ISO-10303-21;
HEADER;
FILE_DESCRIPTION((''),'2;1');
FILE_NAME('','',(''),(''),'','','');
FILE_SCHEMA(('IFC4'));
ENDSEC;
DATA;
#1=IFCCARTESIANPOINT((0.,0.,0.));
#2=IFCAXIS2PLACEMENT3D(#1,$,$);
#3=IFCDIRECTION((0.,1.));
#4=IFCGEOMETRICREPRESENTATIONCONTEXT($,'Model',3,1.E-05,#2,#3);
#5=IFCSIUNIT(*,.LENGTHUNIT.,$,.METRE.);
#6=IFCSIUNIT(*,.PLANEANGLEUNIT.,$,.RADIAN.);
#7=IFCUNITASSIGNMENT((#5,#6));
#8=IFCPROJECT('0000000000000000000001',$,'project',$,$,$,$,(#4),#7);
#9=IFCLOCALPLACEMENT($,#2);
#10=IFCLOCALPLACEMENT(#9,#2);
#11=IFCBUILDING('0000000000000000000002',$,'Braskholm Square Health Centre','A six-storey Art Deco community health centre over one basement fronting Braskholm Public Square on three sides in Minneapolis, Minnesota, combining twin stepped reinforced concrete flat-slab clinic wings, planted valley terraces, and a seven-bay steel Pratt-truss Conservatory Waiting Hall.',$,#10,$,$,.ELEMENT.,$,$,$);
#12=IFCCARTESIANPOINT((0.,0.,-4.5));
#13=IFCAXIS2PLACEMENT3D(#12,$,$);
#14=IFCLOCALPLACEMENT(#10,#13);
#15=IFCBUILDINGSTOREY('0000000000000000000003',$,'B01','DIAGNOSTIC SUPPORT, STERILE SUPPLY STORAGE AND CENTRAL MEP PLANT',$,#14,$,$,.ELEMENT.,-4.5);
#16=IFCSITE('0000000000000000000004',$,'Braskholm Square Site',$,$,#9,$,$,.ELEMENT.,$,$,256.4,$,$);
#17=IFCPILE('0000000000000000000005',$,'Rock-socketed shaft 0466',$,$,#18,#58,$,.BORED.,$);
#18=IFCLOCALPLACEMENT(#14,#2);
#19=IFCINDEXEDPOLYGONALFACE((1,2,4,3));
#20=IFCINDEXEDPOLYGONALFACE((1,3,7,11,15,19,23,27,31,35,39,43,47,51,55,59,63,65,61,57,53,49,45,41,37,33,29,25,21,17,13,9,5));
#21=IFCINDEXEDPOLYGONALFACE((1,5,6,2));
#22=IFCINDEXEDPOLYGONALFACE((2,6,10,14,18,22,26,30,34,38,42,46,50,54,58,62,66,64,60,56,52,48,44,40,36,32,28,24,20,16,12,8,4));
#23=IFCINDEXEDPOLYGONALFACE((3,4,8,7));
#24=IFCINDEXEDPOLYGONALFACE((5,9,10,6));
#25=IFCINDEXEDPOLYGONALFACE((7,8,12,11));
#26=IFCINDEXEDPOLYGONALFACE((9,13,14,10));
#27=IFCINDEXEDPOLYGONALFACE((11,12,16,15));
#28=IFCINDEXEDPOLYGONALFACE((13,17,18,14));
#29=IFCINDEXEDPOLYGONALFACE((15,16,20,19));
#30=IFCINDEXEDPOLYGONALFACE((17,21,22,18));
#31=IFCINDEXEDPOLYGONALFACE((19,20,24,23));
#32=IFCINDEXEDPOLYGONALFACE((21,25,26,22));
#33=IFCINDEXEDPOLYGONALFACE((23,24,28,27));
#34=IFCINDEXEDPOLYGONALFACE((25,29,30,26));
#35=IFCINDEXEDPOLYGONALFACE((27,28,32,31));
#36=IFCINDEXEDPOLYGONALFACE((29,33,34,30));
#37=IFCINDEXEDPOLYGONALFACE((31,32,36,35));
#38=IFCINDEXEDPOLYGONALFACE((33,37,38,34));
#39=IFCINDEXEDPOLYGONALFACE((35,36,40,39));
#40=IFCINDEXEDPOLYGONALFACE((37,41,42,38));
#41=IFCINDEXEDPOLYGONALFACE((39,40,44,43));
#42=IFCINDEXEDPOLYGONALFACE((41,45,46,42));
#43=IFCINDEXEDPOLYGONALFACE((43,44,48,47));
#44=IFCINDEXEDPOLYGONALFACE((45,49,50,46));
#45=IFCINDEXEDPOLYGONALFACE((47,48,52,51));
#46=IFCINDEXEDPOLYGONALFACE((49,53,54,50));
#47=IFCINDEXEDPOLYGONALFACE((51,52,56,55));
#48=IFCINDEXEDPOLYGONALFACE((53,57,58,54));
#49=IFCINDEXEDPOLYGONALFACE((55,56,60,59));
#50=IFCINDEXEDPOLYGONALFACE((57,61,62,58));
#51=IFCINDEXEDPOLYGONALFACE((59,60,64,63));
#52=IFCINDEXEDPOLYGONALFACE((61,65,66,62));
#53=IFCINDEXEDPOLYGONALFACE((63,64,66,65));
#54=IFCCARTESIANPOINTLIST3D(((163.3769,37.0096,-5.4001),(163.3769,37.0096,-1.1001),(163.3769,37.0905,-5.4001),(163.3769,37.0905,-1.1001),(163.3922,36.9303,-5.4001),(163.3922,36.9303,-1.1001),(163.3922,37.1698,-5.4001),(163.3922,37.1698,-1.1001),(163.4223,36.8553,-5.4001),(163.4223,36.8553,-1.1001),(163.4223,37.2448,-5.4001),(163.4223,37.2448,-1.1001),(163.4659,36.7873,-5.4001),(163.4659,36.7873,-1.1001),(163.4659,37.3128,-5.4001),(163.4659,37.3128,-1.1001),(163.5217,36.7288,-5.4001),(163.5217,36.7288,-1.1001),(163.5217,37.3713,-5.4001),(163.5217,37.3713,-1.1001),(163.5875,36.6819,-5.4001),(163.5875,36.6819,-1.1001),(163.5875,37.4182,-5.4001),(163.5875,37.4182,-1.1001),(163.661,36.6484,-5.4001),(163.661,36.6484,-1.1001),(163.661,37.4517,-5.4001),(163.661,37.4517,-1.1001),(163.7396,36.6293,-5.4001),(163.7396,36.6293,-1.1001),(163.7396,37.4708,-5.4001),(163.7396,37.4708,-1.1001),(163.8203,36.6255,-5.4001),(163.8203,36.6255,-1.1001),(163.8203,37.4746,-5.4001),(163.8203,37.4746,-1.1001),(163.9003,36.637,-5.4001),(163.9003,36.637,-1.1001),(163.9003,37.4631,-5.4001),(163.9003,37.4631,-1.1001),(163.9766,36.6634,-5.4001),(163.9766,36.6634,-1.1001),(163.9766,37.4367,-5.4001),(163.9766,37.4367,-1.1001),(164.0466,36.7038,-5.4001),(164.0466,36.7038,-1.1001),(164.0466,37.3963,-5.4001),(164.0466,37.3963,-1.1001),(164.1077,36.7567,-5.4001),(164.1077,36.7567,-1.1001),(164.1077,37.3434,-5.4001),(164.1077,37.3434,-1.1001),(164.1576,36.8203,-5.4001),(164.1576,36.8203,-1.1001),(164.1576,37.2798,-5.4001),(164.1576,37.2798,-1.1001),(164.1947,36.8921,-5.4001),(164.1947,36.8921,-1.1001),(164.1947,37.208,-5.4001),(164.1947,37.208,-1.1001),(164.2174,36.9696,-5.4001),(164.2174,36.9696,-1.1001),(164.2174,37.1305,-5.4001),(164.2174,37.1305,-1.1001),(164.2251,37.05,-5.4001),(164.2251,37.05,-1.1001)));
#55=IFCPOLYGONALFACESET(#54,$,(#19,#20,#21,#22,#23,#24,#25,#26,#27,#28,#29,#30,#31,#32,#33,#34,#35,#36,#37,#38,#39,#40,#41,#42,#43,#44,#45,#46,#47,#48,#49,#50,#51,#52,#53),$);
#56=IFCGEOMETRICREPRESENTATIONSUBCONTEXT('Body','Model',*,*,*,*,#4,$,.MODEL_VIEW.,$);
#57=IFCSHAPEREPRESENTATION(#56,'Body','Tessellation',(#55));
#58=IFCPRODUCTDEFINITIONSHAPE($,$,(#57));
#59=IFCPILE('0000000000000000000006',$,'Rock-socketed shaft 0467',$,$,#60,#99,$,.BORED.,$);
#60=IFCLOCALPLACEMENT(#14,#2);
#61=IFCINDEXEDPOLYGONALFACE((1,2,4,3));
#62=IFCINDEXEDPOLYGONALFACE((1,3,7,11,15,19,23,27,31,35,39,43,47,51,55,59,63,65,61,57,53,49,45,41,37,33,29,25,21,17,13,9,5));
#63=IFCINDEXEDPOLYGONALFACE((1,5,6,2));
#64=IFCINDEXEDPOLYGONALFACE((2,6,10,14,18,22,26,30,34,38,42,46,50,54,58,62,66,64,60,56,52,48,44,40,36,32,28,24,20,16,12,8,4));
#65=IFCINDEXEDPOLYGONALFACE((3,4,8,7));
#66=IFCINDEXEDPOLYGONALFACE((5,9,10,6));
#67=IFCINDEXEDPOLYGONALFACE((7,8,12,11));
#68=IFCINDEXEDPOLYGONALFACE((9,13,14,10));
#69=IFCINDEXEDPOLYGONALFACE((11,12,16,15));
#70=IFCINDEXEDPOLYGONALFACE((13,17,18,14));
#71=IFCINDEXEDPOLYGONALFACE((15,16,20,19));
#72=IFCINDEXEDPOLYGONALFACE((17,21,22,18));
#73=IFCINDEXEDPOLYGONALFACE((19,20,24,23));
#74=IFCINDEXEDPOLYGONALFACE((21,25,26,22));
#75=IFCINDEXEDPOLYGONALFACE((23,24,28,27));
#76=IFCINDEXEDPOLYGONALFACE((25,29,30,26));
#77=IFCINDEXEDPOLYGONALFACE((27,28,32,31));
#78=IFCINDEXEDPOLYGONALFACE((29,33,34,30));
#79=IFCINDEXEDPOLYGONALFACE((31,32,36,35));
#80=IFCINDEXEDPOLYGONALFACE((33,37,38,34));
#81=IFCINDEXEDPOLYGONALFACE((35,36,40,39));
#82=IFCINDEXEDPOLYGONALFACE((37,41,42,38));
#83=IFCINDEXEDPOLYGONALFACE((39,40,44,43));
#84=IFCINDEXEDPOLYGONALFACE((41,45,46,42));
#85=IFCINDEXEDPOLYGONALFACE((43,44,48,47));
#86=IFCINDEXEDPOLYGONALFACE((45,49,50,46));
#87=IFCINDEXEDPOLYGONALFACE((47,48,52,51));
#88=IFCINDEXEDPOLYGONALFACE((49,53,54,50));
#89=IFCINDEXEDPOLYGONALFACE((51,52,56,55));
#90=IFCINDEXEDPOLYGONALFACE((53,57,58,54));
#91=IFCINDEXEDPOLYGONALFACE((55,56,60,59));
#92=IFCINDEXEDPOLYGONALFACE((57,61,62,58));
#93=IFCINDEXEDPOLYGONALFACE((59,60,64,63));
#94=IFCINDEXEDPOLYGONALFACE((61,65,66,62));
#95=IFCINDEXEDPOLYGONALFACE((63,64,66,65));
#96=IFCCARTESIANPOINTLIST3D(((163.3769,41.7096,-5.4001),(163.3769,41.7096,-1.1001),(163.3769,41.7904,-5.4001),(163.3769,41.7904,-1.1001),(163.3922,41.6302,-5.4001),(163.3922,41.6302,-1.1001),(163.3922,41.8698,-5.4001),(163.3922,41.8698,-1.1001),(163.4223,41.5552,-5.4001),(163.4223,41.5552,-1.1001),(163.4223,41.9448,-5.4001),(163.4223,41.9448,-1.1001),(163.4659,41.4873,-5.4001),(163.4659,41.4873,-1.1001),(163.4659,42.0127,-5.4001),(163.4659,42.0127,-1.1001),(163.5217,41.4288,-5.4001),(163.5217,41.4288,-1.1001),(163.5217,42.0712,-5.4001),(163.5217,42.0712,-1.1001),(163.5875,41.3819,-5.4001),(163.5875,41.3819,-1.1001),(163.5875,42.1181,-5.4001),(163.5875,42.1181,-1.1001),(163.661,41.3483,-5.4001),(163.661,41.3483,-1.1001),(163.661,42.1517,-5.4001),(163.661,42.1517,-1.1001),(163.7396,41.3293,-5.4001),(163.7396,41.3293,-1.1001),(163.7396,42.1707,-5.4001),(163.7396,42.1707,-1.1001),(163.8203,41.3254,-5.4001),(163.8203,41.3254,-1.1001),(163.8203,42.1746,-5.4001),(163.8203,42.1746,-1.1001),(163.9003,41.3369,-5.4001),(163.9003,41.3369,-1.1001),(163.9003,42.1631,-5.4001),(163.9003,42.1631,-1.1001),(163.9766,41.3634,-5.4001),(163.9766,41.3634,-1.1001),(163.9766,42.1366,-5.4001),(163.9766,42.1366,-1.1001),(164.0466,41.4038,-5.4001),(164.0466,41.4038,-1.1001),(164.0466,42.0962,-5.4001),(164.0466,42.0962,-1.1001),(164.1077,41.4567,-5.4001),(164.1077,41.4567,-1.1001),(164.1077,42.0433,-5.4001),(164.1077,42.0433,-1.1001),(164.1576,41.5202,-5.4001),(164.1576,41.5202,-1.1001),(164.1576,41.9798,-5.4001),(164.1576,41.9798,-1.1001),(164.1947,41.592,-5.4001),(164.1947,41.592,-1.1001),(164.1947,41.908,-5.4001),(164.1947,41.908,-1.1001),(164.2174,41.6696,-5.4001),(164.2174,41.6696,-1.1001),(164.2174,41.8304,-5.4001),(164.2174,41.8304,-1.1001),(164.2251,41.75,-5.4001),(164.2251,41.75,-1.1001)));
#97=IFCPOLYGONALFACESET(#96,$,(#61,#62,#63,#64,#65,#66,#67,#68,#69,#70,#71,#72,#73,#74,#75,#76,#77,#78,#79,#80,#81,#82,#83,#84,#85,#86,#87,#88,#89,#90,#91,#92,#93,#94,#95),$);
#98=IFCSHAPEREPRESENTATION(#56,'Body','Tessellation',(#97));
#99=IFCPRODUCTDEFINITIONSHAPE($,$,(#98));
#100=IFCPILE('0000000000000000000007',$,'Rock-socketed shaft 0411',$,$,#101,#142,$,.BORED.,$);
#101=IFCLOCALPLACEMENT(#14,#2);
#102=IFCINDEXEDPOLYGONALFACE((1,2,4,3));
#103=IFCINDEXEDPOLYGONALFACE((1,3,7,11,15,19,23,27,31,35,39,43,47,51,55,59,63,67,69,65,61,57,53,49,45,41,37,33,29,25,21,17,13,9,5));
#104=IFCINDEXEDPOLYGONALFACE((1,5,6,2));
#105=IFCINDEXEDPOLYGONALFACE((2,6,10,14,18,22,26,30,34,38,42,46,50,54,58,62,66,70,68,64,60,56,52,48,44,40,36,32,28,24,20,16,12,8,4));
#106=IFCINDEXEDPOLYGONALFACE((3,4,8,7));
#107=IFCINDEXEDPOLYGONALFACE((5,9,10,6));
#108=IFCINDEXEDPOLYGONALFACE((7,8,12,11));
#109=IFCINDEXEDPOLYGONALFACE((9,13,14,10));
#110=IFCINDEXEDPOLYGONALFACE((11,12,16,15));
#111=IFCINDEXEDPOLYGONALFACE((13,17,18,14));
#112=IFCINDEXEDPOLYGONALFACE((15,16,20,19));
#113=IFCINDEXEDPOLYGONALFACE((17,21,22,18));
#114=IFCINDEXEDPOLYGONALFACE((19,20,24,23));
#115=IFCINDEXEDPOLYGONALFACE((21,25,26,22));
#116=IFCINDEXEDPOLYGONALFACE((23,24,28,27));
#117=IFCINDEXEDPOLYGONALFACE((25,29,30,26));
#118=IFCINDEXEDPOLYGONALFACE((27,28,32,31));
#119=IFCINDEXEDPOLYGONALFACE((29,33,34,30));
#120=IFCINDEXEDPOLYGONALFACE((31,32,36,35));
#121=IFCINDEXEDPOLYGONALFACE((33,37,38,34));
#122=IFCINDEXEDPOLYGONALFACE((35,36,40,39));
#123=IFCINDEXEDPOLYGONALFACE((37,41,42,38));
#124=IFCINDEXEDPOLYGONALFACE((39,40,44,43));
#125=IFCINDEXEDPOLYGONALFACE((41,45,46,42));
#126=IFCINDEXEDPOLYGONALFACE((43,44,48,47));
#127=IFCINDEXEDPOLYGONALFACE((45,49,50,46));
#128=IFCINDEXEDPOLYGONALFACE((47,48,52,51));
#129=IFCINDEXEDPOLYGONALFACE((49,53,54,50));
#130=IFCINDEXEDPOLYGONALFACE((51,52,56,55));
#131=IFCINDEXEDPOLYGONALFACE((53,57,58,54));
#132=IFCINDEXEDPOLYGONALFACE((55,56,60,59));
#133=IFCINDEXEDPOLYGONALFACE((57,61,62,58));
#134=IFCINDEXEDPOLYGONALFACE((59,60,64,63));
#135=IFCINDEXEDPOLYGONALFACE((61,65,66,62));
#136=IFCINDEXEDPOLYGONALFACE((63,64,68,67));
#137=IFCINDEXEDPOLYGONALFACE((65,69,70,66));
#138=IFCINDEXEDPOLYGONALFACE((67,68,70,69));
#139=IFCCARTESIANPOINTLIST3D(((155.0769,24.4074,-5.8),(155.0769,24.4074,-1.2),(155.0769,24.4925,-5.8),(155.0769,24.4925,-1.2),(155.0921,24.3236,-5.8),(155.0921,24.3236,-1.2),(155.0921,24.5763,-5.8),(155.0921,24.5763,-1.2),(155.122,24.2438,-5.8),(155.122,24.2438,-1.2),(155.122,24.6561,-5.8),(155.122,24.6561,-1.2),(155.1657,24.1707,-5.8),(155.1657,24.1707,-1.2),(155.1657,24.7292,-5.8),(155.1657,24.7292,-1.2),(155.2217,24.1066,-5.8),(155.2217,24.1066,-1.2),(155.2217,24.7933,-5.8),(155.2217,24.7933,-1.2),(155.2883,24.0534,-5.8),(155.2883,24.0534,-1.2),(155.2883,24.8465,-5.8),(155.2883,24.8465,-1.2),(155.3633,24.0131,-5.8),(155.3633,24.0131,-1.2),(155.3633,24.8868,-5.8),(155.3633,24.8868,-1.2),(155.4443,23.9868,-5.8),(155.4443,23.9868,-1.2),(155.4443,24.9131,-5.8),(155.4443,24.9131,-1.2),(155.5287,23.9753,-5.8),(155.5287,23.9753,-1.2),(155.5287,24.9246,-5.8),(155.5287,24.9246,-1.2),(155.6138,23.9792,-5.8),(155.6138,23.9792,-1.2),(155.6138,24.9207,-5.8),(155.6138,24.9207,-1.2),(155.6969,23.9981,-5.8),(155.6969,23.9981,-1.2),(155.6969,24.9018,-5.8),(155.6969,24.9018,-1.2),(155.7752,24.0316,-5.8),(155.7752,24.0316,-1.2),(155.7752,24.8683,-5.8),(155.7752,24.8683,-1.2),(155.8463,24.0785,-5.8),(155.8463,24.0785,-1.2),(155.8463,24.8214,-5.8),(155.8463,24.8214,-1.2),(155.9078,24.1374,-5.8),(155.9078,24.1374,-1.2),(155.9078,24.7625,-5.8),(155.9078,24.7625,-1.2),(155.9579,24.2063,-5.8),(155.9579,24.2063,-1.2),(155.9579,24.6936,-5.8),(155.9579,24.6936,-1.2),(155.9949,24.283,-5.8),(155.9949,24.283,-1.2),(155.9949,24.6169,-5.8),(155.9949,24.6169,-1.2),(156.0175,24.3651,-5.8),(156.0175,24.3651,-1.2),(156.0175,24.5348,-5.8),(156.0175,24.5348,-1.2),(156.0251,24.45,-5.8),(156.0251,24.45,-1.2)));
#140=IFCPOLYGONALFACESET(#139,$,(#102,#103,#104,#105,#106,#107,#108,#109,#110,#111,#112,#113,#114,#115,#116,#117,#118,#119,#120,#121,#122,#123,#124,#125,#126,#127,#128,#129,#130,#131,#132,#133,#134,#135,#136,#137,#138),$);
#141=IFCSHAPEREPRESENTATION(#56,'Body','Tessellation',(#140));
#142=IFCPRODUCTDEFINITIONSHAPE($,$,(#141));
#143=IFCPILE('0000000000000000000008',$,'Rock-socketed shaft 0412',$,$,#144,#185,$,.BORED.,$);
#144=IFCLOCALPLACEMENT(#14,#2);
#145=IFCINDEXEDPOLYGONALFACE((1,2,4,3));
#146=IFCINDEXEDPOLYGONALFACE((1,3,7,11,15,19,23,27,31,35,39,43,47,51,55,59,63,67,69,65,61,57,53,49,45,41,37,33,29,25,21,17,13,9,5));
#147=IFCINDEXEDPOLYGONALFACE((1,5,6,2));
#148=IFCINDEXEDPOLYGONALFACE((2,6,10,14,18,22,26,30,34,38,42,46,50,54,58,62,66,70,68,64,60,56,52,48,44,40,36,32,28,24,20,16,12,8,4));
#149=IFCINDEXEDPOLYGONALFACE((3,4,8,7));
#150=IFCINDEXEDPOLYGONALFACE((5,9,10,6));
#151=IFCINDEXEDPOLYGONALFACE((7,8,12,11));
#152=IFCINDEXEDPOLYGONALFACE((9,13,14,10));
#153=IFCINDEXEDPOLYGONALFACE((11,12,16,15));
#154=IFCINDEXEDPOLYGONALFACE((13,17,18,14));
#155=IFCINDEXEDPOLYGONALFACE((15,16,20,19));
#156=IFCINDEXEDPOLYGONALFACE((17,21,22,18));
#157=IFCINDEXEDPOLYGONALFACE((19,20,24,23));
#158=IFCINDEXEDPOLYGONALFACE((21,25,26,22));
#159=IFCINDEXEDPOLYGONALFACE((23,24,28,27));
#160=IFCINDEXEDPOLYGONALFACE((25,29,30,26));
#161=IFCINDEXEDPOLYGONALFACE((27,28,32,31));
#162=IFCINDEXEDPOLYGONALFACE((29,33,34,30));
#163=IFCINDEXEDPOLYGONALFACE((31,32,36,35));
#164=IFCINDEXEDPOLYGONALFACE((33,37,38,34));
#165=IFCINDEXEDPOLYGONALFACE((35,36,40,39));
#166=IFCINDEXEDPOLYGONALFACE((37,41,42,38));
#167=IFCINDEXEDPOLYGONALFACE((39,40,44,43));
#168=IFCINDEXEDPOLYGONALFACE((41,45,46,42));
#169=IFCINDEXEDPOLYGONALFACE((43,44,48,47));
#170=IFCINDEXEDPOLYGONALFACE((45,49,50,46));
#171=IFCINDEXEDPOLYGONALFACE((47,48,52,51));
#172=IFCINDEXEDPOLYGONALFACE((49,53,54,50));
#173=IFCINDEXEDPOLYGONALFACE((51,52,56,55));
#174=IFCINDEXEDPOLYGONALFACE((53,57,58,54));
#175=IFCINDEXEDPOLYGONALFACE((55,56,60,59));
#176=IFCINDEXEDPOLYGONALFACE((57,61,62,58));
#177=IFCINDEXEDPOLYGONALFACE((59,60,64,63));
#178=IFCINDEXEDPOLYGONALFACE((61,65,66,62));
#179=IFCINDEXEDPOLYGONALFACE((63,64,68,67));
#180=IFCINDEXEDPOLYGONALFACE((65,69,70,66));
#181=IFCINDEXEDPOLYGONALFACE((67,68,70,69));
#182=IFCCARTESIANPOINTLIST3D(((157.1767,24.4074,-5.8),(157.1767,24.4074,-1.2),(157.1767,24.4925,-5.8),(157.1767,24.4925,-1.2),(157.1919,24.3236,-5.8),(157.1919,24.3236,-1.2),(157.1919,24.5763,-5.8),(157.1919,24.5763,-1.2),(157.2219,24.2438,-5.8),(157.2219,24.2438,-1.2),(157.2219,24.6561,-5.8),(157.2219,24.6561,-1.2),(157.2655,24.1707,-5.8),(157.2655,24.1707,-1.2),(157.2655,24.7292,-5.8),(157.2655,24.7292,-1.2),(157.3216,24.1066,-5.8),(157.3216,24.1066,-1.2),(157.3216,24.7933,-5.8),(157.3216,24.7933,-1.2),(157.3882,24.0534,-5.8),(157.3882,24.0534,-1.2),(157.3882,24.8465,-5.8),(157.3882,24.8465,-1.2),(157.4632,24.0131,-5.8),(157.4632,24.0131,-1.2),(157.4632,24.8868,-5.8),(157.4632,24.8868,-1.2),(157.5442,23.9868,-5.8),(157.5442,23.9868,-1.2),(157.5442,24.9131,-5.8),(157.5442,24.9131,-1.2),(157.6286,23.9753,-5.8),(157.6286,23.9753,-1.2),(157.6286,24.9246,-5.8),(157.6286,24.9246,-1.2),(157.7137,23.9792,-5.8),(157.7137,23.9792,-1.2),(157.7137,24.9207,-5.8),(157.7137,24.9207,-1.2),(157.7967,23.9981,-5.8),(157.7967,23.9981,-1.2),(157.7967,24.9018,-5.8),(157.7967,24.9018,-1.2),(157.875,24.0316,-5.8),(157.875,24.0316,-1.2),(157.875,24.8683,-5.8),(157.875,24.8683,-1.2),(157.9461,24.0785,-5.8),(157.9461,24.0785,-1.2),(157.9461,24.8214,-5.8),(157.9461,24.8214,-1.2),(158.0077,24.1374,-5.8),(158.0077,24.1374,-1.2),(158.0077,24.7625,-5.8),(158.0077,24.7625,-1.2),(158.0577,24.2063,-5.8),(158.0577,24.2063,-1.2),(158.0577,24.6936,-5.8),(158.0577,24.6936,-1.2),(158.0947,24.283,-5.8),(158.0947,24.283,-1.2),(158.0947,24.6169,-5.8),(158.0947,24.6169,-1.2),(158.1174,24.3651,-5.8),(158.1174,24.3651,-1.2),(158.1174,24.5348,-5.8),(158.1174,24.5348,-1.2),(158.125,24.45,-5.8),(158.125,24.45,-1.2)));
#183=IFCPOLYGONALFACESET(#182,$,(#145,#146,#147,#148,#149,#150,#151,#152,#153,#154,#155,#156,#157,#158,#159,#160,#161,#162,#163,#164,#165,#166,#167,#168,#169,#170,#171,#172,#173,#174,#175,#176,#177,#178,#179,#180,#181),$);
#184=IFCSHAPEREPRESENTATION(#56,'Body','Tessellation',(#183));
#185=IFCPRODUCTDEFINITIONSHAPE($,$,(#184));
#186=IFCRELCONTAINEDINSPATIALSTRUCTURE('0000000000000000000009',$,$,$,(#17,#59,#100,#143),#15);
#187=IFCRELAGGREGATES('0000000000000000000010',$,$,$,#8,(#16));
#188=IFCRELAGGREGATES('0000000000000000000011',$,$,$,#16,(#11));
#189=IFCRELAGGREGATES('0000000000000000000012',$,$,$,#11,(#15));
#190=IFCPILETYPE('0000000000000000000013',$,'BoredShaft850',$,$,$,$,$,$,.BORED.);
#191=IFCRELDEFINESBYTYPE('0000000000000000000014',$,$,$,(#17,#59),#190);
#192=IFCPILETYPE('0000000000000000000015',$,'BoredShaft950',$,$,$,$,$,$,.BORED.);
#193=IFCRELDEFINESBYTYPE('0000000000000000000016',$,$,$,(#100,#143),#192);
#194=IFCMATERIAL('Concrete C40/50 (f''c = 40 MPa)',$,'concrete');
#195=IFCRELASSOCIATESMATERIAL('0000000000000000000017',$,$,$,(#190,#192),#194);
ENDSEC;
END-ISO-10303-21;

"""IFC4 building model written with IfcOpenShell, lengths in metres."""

from ifc_helpers import new_model, si_unit, direction, frame, origin, origin_2d, place, context, subcontext, project, spatial, circle, extrude, material, material_profile, profile_set, type_object, element, save


model = new_model("IFC4")

# Units and contexts
model_context = context("Model", 3, precision=1e-05, world=origin(), true_north=direction((0.0, 1.0)))
body_context = subcontext(model_context, "Body", "Model", "MODEL_VIEW")
ifc_project = project(units=[si_unit("LENGTHUNIT", "METRE"), si_unit("PLANEANGLEUNIT", "RADIAN")], contexts=[model_context])

# Site, building, storey
site_placement = place(None, origin())
site = spatial("IfcSite", under=ifc_project, at=site_placement, Name="Braskholm Square Site", CompositionType="ELEMENT", RefElevation=256.4)
building_placement = place(site_placement, origin())
building = spatial("IfcBuilding", under=site, at=building_placement, Name="Braskholm Square Health Centre", Description="A six-storey Art Deco community health centre over one basement fronting Braskholm Public Square on three sides in Minneapolis, Minnesota, combining twin stepped reinforced concrete flat-slab clinic wings, planted valley terraces, and a seven-bay steel Pratt-truss Conservatory Waiting Hall.", CompositionType="ELEMENT")
storey_placement = place(building_placement, frame((0.0, 0.0, -4.5)))
storey = spatial("IfcBuildingStorey", under=building, at=storey_placement, Name="B01", Description="DIAGNOSTIC SUPPORT, STERILE SUPPLY STORAGE AND CENTRAL MEP PLANT", CompositionType="ELEMENT", Elevation=-4.5)

# Piles
ifc_material_1 = material(Name="Concrete C40/50 (f'c = 40 MPa)", Category="concrete")
ifc_material_profile_1 = material_profile(ifc_material_1, circle(Radius=0.425, at=origin_2d()), Name="BORED-PILE-850")
ifc_profile_set_1 = profile_set([ifc_material_profile_1], Name="Concrete C40/50 (f'c = 40 MPa)")
pile_type_1 = type_object("IfcPileType", Name="BoredShaft850", PredefinedType="BORED", material=ifc_profile_set_1)
for number, where, z_axis, x_axis, name in (
    (1, (163.8, 37.05, -1.1001), (0.0, 0.0, -1.0), (1.0, 0.0, 0.0), "Rock-socketed shaft 0466"),
    (2, (163.8, 41.75, -1.1001), (0.0, 0.0, -1.0), (1.0, 0.0, 0.0), "Rock-socketed shaft 0467"),
):
    element("IfcPile", number, at=place(storey_placement, frame(where, z_axis=z_axis, x_axis=x_axis)), inside=storey, type_object=pile_type_1, Name=name, PredefinedType="BORED", context=body_context, shape_type="SweptSolid", body=[
        extrude(circle(Radius=0.425, at=origin_2d()), origin(), (0.0, 0.0, 1.0), 4.3),
    ])
ifc_material_profile_2 = material_profile(ifc_material_1, circle(Radius=0.4751, at=origin_2d()), Name="BORED-PILE-950")
ifc_profile_set_2 = profile_set([ifc_material_profile_2], Name="Concrete C40/50 (f'c = 40 MPa)")
pile_type_2 = type_object("IfcPileType", Name="BoredShaft950", PredefinedType="BORED", material=ifc_profile_set_2)
for number, where, z_axis, x_axis, name in (
    (3, (155.55, 24.45, -1.2), (0.0, 0.0, -1.0), (1.0, 0.0, 0.0), "Rock-socketed shaft 0411"),
    (4, (157.6499, 24.45, -1.2), (0.0, 0.0, -1.0), (1.0, 0.0, 0.0), "Rock-socketed shaft 0412"),
):
    element("IfcPile", number, at=place(storey_placement, frame(where, z_axis=z_axis, x_axis=x_axis)), inside=storey, type_object=pile_type_2, Name=name, PredefinedType="BORED", context=body_context, shape_type="SweptSolid", body=[
        extrude(circle(Radius=0.4751, at=origin_2d()), origin(), (0.0, 0.0, 1.0), 4.6001),
    ])

save(model, "model.ifc")
